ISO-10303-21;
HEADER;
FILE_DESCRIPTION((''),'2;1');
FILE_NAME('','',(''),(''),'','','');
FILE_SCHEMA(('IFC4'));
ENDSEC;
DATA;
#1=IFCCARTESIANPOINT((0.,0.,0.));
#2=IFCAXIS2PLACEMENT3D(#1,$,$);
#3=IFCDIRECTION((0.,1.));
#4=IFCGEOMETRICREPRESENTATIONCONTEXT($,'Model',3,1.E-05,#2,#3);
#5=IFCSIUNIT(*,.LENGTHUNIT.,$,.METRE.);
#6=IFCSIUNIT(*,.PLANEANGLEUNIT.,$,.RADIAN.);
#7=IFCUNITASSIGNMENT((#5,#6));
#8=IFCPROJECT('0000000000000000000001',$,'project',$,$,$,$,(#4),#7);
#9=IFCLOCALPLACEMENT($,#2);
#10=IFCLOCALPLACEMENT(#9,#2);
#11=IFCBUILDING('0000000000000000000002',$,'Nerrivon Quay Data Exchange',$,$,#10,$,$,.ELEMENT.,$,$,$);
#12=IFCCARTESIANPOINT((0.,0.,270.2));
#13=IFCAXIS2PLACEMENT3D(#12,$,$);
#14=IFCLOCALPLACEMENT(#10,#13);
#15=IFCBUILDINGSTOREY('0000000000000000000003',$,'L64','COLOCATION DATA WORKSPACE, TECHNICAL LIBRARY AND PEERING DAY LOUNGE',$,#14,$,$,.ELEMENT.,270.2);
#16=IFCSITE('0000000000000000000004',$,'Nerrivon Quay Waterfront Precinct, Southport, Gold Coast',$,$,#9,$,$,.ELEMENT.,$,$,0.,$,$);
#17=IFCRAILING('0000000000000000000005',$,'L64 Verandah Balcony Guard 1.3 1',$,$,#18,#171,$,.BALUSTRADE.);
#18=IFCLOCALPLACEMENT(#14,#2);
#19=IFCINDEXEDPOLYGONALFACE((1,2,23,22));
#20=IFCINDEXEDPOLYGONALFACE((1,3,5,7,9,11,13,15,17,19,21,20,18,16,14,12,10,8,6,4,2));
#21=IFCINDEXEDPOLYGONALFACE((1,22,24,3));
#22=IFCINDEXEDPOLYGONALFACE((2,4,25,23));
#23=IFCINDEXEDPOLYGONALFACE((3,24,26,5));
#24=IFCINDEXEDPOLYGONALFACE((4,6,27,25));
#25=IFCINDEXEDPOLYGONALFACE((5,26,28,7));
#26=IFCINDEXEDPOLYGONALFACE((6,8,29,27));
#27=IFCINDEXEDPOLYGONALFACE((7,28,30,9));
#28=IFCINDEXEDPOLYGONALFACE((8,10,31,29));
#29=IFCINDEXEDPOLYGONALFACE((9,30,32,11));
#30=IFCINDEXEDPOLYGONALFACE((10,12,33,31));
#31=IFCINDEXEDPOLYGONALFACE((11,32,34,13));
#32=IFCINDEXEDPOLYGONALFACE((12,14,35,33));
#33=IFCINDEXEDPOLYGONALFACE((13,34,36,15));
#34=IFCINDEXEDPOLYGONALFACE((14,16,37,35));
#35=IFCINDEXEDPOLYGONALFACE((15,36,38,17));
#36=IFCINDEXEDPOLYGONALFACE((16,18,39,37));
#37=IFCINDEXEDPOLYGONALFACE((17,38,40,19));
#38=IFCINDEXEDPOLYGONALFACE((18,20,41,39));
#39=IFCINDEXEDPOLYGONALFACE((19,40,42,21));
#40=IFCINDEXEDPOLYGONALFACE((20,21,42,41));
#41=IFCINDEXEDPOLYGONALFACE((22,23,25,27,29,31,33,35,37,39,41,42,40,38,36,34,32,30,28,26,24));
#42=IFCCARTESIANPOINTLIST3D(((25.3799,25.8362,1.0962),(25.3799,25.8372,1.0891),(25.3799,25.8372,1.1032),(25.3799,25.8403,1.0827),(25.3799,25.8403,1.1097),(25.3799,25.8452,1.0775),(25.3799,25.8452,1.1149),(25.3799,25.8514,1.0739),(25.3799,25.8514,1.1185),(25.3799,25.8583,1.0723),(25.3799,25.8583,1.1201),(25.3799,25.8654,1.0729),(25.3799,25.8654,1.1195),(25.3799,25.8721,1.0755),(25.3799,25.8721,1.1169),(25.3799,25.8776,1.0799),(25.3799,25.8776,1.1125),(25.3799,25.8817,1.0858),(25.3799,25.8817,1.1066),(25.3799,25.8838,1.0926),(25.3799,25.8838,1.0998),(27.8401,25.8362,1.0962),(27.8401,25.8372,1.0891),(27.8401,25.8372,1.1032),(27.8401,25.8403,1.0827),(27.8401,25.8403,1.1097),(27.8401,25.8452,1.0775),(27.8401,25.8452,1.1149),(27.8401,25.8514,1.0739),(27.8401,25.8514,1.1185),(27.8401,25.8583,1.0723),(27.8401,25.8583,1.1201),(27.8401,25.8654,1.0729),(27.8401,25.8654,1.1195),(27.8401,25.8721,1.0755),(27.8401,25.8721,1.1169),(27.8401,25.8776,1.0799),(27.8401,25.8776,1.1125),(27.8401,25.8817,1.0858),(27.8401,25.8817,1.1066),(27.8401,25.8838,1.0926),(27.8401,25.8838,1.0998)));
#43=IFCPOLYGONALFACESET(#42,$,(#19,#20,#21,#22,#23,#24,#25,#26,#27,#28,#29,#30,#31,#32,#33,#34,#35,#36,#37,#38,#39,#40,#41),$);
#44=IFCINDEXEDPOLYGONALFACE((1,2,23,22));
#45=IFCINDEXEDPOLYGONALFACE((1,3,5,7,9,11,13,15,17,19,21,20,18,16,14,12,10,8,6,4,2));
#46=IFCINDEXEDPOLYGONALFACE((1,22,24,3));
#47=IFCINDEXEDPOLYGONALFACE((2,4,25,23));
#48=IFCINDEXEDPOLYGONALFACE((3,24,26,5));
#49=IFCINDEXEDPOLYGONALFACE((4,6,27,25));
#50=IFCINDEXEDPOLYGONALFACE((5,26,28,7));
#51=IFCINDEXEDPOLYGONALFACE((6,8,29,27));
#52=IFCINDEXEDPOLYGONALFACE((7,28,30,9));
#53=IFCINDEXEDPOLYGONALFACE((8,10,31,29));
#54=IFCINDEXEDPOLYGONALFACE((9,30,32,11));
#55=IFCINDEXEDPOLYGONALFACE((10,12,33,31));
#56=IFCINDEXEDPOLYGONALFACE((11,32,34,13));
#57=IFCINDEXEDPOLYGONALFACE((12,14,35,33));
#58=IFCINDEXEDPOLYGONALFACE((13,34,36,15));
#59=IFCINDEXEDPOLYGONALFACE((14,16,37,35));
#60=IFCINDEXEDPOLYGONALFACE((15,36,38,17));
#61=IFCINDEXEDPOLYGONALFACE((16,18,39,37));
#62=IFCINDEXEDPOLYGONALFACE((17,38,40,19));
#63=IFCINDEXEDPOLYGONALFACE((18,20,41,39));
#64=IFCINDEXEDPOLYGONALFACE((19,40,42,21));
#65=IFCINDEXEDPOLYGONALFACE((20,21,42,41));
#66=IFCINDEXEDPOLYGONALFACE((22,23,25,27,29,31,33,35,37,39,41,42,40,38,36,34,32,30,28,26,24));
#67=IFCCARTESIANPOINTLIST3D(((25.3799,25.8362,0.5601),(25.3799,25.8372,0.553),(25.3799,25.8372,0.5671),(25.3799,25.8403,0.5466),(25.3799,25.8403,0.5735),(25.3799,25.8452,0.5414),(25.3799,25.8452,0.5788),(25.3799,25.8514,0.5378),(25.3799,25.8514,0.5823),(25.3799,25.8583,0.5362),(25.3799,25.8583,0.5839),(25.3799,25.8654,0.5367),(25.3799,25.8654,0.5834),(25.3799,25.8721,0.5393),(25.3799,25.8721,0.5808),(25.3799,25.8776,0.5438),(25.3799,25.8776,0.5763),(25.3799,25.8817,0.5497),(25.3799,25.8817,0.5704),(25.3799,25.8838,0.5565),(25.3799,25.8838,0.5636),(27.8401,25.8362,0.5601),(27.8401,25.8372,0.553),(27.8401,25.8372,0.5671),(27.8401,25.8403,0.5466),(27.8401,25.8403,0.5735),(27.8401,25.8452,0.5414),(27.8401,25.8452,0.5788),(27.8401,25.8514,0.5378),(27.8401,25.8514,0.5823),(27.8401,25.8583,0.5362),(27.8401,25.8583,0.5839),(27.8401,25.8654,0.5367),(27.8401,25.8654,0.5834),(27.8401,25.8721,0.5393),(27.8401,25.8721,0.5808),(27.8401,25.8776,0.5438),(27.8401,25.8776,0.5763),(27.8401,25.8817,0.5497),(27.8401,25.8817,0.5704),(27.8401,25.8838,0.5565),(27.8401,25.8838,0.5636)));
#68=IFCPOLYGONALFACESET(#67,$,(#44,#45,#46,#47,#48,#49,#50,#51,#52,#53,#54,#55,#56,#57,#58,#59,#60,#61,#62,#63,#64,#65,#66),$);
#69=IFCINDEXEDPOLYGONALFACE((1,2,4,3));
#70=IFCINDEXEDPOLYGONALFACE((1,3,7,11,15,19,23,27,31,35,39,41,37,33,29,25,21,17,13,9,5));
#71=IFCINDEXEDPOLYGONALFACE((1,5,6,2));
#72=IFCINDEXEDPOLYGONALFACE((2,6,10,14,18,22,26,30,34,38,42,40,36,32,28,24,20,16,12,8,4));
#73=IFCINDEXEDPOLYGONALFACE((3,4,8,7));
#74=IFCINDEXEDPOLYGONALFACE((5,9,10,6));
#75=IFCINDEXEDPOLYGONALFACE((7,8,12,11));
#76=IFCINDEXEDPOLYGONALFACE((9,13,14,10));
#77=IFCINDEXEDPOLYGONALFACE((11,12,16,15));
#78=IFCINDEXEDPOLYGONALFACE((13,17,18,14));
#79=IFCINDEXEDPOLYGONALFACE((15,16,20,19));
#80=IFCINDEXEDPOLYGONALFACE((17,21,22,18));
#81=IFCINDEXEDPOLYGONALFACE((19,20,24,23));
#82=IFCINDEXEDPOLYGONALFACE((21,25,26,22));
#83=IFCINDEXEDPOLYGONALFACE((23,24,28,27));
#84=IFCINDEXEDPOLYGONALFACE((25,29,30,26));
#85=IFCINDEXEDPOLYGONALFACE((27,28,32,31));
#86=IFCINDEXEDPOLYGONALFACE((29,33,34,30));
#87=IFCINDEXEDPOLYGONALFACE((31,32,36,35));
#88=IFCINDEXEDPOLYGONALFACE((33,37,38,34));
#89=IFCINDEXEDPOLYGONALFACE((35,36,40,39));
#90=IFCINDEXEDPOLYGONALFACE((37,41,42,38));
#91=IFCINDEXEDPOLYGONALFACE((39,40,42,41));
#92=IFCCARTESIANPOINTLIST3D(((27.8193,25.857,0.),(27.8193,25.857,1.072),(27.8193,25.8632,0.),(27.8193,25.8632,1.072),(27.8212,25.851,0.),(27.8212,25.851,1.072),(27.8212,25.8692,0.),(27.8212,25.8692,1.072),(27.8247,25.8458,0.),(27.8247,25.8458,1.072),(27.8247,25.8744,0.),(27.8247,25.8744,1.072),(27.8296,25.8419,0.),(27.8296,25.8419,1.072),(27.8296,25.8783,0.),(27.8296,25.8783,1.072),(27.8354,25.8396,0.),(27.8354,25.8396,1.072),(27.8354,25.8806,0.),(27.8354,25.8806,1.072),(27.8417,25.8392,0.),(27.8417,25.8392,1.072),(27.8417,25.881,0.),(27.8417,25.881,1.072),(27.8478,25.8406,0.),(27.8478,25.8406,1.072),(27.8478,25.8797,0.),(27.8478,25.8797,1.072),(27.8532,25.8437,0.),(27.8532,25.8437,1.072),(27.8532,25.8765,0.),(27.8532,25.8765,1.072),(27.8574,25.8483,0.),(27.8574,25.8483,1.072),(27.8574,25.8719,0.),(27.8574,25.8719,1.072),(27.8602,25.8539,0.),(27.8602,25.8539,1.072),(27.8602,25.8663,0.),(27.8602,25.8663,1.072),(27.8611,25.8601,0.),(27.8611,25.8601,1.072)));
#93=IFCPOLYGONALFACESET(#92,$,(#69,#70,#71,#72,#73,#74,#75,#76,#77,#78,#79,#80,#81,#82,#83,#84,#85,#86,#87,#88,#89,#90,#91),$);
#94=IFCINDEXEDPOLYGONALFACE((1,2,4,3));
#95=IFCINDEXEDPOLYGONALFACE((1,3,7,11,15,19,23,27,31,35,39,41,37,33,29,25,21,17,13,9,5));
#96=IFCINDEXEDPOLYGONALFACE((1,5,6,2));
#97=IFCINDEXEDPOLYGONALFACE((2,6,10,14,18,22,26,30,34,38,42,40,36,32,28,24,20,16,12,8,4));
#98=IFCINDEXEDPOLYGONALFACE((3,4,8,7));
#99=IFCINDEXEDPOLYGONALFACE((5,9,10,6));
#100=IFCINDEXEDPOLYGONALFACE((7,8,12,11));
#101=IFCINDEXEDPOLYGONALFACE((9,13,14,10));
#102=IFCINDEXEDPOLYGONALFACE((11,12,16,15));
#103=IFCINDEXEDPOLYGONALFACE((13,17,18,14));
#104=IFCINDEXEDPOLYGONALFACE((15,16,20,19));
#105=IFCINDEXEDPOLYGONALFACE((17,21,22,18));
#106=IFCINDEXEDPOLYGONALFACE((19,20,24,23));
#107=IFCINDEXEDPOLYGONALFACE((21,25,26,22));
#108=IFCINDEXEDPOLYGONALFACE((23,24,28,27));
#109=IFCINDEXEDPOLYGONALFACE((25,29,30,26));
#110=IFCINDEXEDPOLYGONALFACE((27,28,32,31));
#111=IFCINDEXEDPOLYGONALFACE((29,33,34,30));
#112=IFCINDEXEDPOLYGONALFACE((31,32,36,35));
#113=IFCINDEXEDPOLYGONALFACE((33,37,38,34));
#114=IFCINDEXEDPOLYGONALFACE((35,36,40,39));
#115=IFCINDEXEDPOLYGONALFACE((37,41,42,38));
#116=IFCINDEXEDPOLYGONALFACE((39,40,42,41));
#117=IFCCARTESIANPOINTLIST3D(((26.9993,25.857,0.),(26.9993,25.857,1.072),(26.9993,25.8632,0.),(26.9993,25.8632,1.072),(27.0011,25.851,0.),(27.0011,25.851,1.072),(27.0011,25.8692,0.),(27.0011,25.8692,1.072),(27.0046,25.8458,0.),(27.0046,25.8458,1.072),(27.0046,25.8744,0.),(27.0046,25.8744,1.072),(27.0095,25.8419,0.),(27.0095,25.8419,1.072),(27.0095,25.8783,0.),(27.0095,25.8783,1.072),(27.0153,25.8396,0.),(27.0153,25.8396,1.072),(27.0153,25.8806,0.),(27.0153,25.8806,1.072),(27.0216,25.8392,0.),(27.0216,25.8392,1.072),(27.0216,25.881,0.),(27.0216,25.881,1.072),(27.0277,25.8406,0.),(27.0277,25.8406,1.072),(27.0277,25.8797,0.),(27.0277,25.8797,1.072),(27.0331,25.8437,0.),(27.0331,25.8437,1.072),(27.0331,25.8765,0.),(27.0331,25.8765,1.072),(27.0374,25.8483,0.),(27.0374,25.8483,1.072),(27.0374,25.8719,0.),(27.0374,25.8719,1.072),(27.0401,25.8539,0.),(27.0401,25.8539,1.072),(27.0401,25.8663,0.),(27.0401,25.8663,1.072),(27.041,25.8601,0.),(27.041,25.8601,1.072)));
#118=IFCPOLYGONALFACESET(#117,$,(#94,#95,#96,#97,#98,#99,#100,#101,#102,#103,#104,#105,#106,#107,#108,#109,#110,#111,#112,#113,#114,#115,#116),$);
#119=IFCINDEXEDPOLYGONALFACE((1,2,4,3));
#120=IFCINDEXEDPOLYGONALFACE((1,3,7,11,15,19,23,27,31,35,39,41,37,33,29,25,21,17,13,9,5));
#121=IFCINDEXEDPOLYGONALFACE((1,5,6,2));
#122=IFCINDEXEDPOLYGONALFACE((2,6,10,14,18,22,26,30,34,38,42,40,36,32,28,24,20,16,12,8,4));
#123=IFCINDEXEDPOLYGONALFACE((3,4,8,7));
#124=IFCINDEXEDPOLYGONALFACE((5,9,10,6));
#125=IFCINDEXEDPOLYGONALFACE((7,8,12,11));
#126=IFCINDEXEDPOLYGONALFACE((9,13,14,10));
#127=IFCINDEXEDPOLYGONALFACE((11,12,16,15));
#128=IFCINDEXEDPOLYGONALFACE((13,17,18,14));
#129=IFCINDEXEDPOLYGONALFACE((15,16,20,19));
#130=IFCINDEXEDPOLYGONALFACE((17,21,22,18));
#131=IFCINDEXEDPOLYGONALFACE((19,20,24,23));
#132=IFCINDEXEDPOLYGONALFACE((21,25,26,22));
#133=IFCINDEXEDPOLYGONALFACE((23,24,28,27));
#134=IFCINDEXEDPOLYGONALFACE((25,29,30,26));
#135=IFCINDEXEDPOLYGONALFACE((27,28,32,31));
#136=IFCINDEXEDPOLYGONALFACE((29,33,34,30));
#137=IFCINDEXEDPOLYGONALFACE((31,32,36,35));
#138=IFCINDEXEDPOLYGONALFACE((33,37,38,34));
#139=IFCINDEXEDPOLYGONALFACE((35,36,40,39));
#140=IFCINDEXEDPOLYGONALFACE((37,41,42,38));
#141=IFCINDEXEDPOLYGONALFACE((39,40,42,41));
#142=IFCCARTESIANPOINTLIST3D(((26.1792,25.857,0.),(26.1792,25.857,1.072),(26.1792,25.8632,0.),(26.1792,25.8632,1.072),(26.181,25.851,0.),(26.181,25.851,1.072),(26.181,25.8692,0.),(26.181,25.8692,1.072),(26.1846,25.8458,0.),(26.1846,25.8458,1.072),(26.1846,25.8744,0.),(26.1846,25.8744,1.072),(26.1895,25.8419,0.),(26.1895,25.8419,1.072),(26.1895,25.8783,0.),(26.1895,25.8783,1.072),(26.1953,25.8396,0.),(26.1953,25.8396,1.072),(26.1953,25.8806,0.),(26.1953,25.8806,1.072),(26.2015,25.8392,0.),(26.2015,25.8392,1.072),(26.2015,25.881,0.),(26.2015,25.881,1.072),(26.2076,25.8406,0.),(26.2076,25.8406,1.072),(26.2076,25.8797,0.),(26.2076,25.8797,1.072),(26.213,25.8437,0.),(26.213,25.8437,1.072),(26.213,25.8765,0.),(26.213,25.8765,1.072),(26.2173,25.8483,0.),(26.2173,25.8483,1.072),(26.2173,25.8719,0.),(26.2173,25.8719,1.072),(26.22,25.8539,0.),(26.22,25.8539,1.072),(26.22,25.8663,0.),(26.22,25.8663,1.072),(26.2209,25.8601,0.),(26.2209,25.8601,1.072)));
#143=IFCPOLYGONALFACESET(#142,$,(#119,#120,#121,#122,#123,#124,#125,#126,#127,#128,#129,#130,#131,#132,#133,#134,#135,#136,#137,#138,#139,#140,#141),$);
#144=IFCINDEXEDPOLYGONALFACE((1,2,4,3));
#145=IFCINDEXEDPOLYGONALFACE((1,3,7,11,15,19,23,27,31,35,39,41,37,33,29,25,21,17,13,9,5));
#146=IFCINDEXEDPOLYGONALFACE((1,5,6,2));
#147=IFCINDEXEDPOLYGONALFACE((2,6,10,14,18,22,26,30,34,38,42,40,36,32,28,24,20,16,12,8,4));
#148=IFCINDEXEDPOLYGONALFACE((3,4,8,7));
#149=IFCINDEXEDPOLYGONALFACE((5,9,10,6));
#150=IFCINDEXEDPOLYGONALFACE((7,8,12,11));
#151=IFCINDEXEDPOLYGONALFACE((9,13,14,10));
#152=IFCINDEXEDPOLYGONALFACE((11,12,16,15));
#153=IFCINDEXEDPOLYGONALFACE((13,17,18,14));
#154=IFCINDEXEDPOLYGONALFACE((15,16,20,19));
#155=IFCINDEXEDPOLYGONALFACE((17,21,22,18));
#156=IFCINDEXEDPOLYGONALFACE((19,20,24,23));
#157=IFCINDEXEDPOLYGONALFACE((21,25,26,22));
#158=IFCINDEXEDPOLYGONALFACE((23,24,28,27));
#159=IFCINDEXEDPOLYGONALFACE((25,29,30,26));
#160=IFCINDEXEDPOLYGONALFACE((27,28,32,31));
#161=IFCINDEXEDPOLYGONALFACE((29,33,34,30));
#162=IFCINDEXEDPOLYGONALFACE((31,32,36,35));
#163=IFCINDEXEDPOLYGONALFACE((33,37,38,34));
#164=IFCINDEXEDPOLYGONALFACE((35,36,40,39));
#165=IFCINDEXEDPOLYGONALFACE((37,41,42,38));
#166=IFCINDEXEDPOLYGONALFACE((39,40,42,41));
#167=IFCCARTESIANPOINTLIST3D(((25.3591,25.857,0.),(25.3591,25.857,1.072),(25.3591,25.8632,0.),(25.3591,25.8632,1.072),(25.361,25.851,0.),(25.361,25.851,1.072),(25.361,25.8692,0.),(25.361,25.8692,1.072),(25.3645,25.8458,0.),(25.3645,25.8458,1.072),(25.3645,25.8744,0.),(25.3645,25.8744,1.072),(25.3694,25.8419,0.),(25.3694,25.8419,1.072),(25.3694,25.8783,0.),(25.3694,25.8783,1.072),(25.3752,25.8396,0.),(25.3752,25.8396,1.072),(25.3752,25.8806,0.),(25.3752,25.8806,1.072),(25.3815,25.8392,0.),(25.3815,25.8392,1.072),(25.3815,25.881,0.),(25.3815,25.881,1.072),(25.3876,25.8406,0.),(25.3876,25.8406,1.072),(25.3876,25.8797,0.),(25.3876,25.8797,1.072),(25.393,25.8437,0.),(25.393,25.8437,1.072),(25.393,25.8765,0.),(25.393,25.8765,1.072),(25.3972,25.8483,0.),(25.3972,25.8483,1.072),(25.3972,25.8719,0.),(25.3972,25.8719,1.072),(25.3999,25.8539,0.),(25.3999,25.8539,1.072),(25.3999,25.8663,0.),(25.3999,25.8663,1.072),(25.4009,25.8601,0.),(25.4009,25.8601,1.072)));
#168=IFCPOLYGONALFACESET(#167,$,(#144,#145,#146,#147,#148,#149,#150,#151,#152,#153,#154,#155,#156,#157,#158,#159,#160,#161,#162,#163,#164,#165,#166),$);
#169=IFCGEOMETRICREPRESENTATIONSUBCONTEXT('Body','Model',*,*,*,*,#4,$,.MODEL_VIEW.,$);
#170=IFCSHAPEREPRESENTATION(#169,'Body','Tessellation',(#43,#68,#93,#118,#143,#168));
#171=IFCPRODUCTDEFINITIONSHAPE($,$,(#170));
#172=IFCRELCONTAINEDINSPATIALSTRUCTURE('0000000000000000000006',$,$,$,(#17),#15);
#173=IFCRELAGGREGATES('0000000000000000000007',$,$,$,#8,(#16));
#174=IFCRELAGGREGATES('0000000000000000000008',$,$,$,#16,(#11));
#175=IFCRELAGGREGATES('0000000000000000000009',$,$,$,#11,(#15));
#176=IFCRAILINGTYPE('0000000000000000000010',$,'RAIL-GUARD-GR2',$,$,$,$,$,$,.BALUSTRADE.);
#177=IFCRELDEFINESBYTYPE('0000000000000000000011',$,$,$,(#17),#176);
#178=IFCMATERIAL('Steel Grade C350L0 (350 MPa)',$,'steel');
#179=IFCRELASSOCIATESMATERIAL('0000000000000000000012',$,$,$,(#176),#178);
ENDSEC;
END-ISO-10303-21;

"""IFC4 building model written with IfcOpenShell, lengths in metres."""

from ifc_helpers import new_model, si_unit, direction, frame, origin, origin_2d, place, context, subcontext, project, spatial, circle, extrude, material, type_object, element, save


model = new_model("IFC4")

# Units and contexts
model_context = context("Model", 3, precision=1e-05, world=origin(), true_north=direction((0.0, 1.0)))
body_context = subcontext(model_context, "Body", "Model", "MODEL_VIEW")
ifc_project = project(units=[si_unit("LENGTHUNIT", "METRE"), si_unit("PLANEANGLEUNIT", "RADIAN")], contexts=[model_context])

# Site, building, storey
site_placement = place(None, origin())
site = spatial("IfcSite", under=ifc_project, at=site_placement, Name="Nerrivon Quay Waterfront Precinct, Southport, Gold Coast", CompositionType="ELEMENT", RefElevation=0.0)
building_placement = place(site_placement, origin())
building = spatial("IfcBuilding", under=site, at=building_placement, Name="Nerrivon Quay Data Exchange", CompositionType="ELEMENT")
storey_placement = place(building_placement, frame((0.0, 0.0, 270.2)))
storey = spatial("IfcBuildingStorey", under=building, at=storey_placement, Name="L64", Description="COLOCATION DATA WORKSPACE, TECHNICAL LIBRARY AND PEERING DAY LOUNGE", CompositionType="ELEMENT", Elevation=270.2)

# Shared definitions
ifc_material_1 = material(Name="Steel Grade C350L0 (350 MPa)", Category="steel")

# Railing
railing_type = type_object("IfcRailingType", Name="RAIL-GUARD-GR2", PredefinedType="BALUSTRADE", material=ifc_material_1)
railing_1_placement = place(storey_placement, frame((27.8401, 25.8601, 0.0)))
element("IfcRailing", 1, at=railing_1_placement, inside=storey, type_object=railing_type, Name="L64 Verandah Balcony Guard 1.3 1", PredefinedType="BALUSTRADE", context=body_context, shape_type="SweptSolid", body=[
    extrude(circle(Radius=0.0239, at=origin_2d()), frame((0.0, 0.0, 1.0962), z_axis=(-1.0, 0.0, 0.0), x_axis=(0.0, -1.0, 0.0)), (0.0, 0.0, 1.0), 2.4602),
    extrude(circle(Radius=0.0239, at=origin_2d()), frame((0.0, 0.0, 0.5601), z_axis=(-1.0, 0.0, 0.0), x_axis=(0.0, -1.0, 0.0)), (0.0, 0.0, 1.0), 2.4602),
    extrude(circle(Radius=0.021, at=origin_2d()), origin(), (0.0, 0.0, 1.0), 1.072),
    extrude(circle(Radius=0.021, at=origin_2d()), frame((-0.8201, 0.0, 0.0)), (0.0, 0.0, 1.0), 1.072),
    extrude(circle(Radius=0.021, at=origin_2d()), frame((-1.6401, 0.0, 0.0)), (0.0, 0.0, 1.0), 1.072),
    extrude(circle(Radius=0.021, at=origin_2d()), frame((-2.4602, 0.0, 0.0)), (0.0, 0.0, 1.0), 1.072),
])

save(model, "model.ifc")
